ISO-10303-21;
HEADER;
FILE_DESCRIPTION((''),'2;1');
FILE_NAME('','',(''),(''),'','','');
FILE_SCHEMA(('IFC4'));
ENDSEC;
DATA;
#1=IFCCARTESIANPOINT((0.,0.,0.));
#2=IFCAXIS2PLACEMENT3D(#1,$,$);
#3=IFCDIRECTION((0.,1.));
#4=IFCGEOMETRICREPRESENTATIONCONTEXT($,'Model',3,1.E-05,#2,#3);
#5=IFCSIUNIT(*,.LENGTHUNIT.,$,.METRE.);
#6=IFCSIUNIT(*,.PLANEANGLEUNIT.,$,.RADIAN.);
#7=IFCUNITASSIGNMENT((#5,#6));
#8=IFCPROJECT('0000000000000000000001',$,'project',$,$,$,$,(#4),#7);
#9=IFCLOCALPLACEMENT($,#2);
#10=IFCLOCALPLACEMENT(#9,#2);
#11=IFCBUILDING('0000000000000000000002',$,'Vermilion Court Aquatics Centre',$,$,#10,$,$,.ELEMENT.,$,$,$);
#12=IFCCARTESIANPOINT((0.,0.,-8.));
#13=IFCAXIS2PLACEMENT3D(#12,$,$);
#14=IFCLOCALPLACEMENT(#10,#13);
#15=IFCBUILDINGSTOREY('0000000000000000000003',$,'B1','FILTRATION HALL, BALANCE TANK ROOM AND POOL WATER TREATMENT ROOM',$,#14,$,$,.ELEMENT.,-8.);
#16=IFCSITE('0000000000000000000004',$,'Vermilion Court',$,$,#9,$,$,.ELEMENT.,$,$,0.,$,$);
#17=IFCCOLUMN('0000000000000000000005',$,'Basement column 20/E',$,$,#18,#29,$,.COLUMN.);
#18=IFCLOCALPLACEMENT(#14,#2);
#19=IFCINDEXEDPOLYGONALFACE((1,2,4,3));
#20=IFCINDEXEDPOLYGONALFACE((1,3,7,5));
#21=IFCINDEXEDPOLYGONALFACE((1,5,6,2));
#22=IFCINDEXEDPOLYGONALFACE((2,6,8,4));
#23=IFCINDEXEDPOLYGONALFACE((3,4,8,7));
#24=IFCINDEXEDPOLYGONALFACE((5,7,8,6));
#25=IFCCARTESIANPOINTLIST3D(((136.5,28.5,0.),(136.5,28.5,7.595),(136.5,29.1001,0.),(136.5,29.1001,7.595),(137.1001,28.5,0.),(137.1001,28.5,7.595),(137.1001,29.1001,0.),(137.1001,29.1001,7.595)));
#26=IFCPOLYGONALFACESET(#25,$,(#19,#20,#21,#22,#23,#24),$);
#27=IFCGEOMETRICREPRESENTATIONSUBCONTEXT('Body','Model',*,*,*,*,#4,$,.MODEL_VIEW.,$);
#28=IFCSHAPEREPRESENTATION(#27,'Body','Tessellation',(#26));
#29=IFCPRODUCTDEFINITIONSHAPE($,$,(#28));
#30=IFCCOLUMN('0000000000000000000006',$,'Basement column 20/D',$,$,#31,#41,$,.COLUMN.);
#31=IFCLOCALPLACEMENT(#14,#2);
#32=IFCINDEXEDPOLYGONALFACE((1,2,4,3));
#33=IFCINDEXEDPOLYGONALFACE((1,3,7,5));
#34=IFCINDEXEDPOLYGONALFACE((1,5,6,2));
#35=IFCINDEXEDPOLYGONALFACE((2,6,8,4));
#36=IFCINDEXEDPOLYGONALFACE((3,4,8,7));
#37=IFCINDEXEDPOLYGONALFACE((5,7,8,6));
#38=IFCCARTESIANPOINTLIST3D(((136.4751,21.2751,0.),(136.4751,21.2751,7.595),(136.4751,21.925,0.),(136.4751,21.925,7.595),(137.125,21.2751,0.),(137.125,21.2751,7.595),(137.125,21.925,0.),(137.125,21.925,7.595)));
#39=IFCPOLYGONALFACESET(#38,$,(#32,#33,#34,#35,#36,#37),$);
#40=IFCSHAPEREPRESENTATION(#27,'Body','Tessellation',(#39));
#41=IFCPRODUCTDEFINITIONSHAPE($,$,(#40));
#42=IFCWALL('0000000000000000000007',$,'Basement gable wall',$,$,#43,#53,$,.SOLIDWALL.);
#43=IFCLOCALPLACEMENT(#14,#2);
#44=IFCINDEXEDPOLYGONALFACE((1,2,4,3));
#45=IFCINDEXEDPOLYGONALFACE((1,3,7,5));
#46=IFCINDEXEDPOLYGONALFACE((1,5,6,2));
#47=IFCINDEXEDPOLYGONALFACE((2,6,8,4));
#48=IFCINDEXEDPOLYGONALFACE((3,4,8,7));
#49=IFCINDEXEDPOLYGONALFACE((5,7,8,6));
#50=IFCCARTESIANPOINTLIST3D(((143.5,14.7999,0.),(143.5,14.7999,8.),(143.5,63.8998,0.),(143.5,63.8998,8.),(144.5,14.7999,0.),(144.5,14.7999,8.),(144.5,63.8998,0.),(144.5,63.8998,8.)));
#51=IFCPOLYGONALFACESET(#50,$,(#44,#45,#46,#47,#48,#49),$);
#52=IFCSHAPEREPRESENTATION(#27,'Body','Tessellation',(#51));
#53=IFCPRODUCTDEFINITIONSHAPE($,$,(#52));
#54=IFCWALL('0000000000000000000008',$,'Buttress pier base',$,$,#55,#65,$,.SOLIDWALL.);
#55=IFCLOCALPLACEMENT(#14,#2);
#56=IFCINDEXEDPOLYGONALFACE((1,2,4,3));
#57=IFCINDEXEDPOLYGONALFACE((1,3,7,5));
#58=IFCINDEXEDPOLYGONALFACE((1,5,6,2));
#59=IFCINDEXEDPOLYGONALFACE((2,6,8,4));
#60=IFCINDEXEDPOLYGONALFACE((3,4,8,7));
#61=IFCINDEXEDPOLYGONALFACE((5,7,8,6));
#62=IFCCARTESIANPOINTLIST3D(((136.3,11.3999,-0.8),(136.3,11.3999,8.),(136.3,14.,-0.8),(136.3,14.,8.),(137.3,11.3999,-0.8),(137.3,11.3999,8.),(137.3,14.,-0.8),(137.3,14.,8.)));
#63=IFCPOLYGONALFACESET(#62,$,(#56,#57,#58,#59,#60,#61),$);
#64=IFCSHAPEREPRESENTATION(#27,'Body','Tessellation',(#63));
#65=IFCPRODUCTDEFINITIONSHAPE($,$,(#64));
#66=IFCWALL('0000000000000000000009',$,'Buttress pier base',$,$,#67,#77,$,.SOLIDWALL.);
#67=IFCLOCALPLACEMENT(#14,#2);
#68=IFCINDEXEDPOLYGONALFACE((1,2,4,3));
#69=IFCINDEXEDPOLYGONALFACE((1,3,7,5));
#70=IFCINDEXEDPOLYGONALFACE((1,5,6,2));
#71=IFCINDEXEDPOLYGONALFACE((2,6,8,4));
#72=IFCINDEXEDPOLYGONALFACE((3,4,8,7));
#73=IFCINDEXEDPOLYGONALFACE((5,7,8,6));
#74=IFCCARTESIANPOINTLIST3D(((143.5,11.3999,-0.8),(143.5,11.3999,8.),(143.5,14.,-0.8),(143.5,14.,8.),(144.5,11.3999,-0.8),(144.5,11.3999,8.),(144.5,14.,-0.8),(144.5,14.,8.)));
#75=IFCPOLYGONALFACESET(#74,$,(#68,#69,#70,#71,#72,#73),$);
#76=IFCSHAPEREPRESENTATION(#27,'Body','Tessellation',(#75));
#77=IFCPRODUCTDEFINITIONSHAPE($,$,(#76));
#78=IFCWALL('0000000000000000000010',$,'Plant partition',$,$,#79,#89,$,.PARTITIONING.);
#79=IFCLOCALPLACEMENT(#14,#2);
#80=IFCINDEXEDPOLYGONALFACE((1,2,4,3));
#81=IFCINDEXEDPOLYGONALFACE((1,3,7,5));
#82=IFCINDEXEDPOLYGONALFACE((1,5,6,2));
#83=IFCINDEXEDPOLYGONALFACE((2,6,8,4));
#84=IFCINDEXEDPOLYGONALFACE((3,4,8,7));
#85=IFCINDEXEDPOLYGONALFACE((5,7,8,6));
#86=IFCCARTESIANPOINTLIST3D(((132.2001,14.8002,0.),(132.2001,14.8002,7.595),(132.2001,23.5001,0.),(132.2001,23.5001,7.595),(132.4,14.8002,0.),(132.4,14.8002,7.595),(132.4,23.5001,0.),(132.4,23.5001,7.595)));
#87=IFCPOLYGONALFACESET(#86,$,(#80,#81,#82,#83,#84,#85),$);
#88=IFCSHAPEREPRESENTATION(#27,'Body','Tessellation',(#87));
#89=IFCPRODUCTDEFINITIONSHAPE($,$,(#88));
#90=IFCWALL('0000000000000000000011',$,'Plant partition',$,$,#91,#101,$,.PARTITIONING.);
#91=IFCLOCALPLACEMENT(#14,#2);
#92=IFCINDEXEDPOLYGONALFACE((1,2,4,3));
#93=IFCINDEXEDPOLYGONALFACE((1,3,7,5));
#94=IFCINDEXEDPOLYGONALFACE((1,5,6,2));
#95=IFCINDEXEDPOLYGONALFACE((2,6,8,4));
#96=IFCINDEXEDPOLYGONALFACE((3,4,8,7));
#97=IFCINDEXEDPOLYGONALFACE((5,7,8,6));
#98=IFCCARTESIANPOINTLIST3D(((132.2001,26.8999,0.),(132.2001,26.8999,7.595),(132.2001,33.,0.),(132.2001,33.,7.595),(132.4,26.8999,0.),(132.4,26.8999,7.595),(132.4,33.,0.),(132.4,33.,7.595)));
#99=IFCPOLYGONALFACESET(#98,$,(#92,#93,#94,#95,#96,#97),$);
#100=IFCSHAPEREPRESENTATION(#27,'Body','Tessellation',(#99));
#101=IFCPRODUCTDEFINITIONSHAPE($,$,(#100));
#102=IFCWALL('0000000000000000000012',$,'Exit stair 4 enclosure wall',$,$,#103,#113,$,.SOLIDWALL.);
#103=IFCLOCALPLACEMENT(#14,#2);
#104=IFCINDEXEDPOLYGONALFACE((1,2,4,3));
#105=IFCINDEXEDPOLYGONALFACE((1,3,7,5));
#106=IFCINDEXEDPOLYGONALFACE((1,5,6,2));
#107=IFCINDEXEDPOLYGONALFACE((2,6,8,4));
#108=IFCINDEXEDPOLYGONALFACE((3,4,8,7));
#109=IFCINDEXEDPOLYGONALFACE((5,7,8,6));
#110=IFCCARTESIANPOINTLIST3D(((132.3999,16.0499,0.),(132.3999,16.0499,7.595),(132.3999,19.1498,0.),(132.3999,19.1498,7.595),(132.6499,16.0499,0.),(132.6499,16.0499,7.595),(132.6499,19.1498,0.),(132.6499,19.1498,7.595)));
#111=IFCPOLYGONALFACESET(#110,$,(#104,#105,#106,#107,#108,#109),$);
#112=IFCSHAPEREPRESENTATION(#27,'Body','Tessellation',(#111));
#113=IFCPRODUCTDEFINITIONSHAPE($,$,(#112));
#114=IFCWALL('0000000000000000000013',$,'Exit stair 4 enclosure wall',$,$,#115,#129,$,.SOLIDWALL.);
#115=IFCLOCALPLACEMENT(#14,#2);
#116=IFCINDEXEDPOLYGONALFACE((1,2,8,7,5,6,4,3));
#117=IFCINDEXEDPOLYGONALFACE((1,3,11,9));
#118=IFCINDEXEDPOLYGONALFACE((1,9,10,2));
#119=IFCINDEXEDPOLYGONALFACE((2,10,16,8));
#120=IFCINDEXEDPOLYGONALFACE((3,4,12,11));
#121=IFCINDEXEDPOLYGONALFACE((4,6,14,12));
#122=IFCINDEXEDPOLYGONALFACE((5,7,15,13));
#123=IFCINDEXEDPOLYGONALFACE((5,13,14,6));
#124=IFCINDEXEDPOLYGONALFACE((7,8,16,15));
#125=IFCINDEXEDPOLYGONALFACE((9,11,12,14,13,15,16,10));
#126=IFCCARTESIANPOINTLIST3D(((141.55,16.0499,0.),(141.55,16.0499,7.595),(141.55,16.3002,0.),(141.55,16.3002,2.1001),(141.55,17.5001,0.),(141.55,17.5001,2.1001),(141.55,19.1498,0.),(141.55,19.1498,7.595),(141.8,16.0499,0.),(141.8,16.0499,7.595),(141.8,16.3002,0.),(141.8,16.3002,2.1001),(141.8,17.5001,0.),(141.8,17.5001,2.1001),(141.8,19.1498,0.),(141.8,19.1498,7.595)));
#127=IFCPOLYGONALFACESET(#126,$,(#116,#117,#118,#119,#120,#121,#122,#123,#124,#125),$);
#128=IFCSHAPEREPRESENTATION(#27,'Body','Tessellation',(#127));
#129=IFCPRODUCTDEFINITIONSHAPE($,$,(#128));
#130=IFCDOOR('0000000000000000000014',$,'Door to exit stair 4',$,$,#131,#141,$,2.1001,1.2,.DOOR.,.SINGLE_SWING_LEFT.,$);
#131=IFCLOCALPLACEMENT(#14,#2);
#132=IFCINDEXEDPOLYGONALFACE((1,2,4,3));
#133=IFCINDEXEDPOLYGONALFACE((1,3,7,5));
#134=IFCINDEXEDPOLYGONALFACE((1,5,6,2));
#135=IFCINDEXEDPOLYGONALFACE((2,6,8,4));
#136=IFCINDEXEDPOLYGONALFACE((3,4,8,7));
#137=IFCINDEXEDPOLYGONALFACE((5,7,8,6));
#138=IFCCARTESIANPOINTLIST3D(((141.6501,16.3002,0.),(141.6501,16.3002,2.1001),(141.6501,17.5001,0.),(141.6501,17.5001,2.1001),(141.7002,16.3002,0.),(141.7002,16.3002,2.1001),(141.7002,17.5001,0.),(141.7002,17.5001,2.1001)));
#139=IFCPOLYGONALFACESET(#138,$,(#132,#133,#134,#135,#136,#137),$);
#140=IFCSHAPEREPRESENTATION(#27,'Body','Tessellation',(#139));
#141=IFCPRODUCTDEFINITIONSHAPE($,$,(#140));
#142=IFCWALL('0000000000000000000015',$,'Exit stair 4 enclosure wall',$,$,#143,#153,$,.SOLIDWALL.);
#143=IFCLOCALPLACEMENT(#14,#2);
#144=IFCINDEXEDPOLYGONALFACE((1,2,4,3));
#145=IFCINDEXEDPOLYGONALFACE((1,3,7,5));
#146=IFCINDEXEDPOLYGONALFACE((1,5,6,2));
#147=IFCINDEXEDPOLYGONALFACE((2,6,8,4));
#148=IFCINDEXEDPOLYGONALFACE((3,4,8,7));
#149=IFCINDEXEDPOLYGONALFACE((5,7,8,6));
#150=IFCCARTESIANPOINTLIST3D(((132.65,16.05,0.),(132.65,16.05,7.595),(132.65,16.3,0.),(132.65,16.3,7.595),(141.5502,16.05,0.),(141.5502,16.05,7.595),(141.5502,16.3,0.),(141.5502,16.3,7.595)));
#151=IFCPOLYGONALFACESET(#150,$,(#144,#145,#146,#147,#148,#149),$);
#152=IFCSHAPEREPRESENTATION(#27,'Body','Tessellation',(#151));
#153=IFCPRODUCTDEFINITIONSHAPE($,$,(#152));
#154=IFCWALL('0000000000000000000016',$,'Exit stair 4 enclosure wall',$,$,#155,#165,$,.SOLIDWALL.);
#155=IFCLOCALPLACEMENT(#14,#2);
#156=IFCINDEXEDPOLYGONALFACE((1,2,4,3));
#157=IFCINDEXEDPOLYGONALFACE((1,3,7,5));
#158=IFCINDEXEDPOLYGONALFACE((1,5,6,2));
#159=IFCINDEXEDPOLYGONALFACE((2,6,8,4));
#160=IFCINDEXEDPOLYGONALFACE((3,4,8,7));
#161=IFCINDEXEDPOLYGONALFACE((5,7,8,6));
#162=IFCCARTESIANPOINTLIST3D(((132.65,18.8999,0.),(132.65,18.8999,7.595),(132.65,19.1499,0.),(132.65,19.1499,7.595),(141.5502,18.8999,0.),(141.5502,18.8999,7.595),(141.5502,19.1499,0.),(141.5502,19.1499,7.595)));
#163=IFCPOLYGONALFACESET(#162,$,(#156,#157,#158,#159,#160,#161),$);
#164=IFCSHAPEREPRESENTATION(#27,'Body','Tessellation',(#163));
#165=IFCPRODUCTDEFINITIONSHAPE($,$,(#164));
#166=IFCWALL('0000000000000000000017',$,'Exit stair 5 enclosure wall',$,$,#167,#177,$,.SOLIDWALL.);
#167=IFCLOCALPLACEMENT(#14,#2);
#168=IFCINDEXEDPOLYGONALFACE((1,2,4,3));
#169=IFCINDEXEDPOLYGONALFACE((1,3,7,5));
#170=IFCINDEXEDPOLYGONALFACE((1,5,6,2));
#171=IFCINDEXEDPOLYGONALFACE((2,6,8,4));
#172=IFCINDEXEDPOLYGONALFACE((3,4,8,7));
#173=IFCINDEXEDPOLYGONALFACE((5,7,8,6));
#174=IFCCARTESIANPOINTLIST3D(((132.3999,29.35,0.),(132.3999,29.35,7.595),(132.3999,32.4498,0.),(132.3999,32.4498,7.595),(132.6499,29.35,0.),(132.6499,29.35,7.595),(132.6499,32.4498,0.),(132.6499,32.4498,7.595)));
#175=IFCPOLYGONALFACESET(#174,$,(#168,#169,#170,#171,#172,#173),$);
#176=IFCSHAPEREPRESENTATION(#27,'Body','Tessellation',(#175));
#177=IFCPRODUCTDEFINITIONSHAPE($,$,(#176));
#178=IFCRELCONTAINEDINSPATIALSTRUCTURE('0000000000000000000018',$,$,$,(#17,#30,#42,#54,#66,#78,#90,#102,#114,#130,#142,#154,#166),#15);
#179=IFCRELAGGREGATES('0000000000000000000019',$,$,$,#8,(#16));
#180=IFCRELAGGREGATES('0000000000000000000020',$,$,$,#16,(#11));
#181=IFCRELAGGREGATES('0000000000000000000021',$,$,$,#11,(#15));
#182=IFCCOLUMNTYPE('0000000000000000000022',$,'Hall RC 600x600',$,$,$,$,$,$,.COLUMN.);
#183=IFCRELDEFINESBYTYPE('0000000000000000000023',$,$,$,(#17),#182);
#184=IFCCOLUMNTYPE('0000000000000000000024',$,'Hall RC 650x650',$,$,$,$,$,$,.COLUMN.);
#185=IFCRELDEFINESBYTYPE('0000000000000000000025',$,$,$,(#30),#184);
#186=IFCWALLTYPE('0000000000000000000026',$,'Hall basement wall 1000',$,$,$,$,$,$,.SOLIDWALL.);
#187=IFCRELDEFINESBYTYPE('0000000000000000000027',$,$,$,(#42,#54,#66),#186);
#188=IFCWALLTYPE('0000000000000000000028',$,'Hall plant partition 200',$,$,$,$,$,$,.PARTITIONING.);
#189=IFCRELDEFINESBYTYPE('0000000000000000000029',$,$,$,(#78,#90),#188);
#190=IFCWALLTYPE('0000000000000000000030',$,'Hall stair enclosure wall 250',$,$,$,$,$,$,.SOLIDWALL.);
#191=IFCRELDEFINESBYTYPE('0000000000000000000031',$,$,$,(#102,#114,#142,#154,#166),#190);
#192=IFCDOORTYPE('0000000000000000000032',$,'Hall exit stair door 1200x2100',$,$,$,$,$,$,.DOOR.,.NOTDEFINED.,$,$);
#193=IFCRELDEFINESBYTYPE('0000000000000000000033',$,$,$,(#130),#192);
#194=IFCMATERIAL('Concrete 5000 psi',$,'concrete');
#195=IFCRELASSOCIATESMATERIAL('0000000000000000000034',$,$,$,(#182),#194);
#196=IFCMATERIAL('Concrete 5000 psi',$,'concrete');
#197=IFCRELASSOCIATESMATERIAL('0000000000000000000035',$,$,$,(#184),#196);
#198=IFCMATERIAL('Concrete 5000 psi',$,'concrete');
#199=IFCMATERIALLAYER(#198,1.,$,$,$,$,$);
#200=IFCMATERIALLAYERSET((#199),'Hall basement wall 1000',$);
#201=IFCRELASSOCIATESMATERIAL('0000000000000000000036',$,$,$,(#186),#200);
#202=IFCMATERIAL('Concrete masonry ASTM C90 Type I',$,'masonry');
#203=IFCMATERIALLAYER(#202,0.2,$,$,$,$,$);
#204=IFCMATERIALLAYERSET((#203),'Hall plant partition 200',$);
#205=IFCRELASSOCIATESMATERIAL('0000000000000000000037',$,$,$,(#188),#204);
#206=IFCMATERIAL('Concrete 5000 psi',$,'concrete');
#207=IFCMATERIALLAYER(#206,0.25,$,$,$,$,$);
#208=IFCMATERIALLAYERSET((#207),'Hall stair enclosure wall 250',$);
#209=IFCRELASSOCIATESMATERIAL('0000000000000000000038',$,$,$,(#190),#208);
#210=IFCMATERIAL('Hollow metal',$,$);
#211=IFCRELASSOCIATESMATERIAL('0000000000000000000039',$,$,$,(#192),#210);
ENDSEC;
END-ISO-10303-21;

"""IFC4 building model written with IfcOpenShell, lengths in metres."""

from ifc_helpers import new_model, si_unit, direction, frame, frame_2d, origin, origin_2d, place, context, subcontext, project, spatial, rectangle, extrude, material, layer, layer_set, material_profile, profile_set, type_object, element, fill, save


model = new_model("IFC4")

# Units and contexts
model_context = context("Model", 3, precision=1e-05, world=origin(), true_north=direction((0.0, 1.0)))
body_context = subcontext(model_context, "Body", "Model", "MODEL_VIEW")
ifc_project = project(units=[si_unit("LENGTHUNIT", "METRE"), si_unit("PLANEANGLEUNIT", "RADIAN")], contexts=[model_context])

# Site, building, storey
site_placement = place(None, origin())
site = spatial("IfcSite", under=ifc_project, at=site_placement, Name="Vermilion Court", CompositionType="ELEMENT", RefElevation=0.0)
building_placement = place(site_placement, origin())
building = spatial("IfcBuilding", under=site, at=building_placement, Name="Vermilion Court Aquatics Centre", CompositionType="ELEMENT")
storey_placement = place(building_placement, frame((0.0, 0.0, -8.0)))
storey = spatial("IfcBuildingStorey", under=building, at=storey_placement, Name="B1", Description="FILTRATION HALL, BALANCE TANK ROOM AND POOL WATER TREATMENT ROOM", CompositionType="ELEMENT", Elevation=-8.0)

# Columns
ifc_material_1 = material(Name="Concrete 5000 psi", Category="concrete")
ifc_material_profile_1 = material_profile(ifc_material_1, rectangle(XDim=0.6001, YDim=0.6001, at=origin_2d()), Name="RC 600x600")
ifc_profile_set_1 = profile_set([ifc_material_profile_1], Name="Concrete 5000 psi")
column_type_1 = type_object("IfcColumnType", Name="Hall RC 600x600", PredefinedType="COLUMN", material=ifc_profile_set_1)
column_1_placement = place(storey_placement, frame((136.8, 28.8, 0.0), z_axis=(0.0, 0.0, 1.0), x_axis=(1.0, 0.0, 0.0)))
element("IfcColumn", 1, at=column_1_placement, inside=storey, type_object=column_type_1, Name="Basement column 20/E", PredefinedType="COLUMN", context=body_context, shape_type="SweptSolid", body=[
    extrude(rectangle(XDim=0.6001, YDim=0.6001, at=origin_2d()), origin(), (0.0, 0.0, 1.0), 7.595),
])
ifc_material_2 = material(Name="Concrete 5000 psi", Category="concrete")
ifc_material_profile_2 = material_profile(ifc_material_2, rectangle(XDim=0.6499, YDim=0.6499, at=origin_2d()), Name="RC 650x650")
ifc_profile_set_2 = profile_set([ifc_material_profile_2], Name="Concrete 5000 psi")
column_type_2 = type_object("IfcColumnType", Name="Hall RC 650x650", PredefinedType="COLUMN", material=ifc_profile_set_2)
column_2_placement = place(storey_placement, frame((136.8, 21.6001, 0.0), z_axis=(0.0, 0.0, 1.0), x_axis=(1.0, 0.0, 0.0)))
element("IfcColumn", 2, at=column_2_placement, inside=storey, type_object=column_type_2, Name="Basement column 20/D", PredefinedType="COLUMN", context=body_context, shape_type="SweptSolid", body=[
    extrude(rectangle(XDim=0.6499, YDim=0.6499, at=origin_2d()), origin(), (0.0, 0.0, 1.0), 7.595),
])

# Walls
ifc_material_3 = material(Name="Concrete 5000 psi", Category="concrete")
ifc_layer_1 = layer(ifc_material_3, 1.0)
ifc_layer_set_1 = layer_set([ifc_layer_1], Name="Hall basement wall 1000")
wall_type_1 = type_object("IfcWallType", Name="Hall basement wall 1000", PredefinedType="SOLIDWALL", material=ifc_layer_set_1)
wall_1_placement = place(storey_placement, frame((144.0, 14.8, 0.0), z_axis=(0.0, 0.0, 1.0), x_axis=(0.0, 1.0, 0.0)))
element("IfcWall", 3, at=wall_1_placement, inside=storey, type_object=wall_type_1, Name="Basement gable wall", PredefinedType="SOLIDWALL", context=body_context, shape_type="SweptSolid", body=[
    extrude(rectangle(XDim=49.0999, YDim=1.0, at=frame_2d((24.5498, 0.0))), origin(), (0.0, 0.0, 1.0), 8.0),
])
for number, where, z_axis, x_axis, name in (
    (4, (136.8, 11.3999, -0.8), (0.0, 0.0, 1.0), (0.0, 1.0, 0.0), "Buttress pier base"),
    (5, (144.0, 11.3999, -0.8), (0.0, 0.0, 1.0), (0.0, 1.0, 0.0), "Buttress pier base"),
):
    element("IfcWall", number, at=place(storey_placement, frame(where, z_axis=z_axis, x_axis=x_axis)), inside=storey, type_object=wall_type_1, Name=name, PredefinedType="SOLIDWALL", context=body_context, shape_type="SweptSolid", body=[
        extrude(rectangle(XDim=2.6001, YDim=1.0, at=frame_2d((1.3, 0.0))), origin(), (0.0, 0.0, 1.0), 8.8),
    ])
ifc_material_4 = material(Name="Concrete masonry ASTM C90 Type I", Category="masonry")
ifc_layer_2 = layer(ifc_material_4, 0.2)
ifc_layer_set_2 = layer_set([ifc_layer_2], Name="Hall plant partition 200")
wall_type_2 = type_object("IfcWallType", Name="Hall plant partition 200", PredefinedType="PARTITIONING", material=ifc_layer_set_2)
wall_2_placement = place(storey_placement, frame((132.3, 14.8, 0.0), z_axis=(0.0, 0.0, 1.0), x_axis=(0.0, 1.0, 0.0)))
element("IfcWall", 6, at=wall_2_placement, inside=storey, type_object=wall_type_2, Name="Plant partition", PredefinedType="PARTITIONING", context=body_context, shape_type="SweptSolid", body=[
    extrude(rectangle(XDim=8.7, YDim=0.2, at=frame_2d((4.3501, 0.0))), origin(), (0.0, 0.0, 1.0), 7.595),
])
wall_3_placement = place(storey_placement, frame((132.3, 26.8999, 0.0), z_axis=(0.0, 0.0, 1.0), x_axis=(0.0, 1.0, 0.0)))
element("IfcWall", 7, at=wall_3_placement, inside=storey, type_object=wall_type_2, Name="Plant partition", PredefinedType="PARTITIONING", context=body_context, shape_type="SweptSolid", body=[
    extrude(rectangle(XDim=6.1001, YDim=0.2, at=frame_2d((3.05, 0.0))), origin(), (0.0, 0.0, 1.0), 7.595),
])
ifc_material_5 = material(Name="Concrete 5000 psi", Category="concrete")
ifc_layer_3 = layer(ifc_material_5, 0.25)
ifc_layer_set_3 = layer_set([ifc_layer_3], Name="Hall stair enclosure wall 250")
wall_type_3 = type_object("IfcWallType", Name="Hall stair enclosure wall 250", PredefinedType="SOLIDWALL", material=ifc_layer_set_3)
wall_4_placement = place(storey_placement, frame((132.5249, 16.05, 0.0), z_axis=(0.0, 0.0, 1.0), x_axis=(0.0, 1.0, 0.0)))
element("IfcWall", 8, at=wall_4_placement, inside=storey, type_object=wall_type_3, Name="Exit stair 4 enclosure wall", PredefinedType="SOLIDWALL", context=body_context, shape_type="SweptSolid", body=[
    extrude(rectangle(XDim=3.0999, YDim=0.25, at=frame_2d((1.5498, 0.0))), origin(), (0.0, 0.0, 1.0), 7.595),
])

# Wall, opening, door
wall_5_placement = place(storey_placement, frame((141.675, 16.05, 0.0), z_axis=(0.0, 0.0, 1.0), x_axis=(0.0, 1.0, 0.0)))
wall_5 = element("IfcWall", 9, at=wall_5_placement, inside=storey, type_object=wall_type_3, Name="Exit stair 4 enclosure wall", PredefinedType="SOLIDWALL", context=body_context, shape_type="SweptSolid", body=[
    extrude(rectangle(XDim=3.0999, YDim=0.25, at=frame_2d((1.5498, 0.0))), origin(), (0.0, 0.0, 1.0), 7.595),
])
opening_1_placement = place(wall_5_placement, frame((0.25, 0.0, 0.0)))
opening_1 = element("IfcOpeningElement", 10, at=opening_1_placement, cuts=wall_5, PredefinedType="OPENING", context=body_context, shape_type="SweptSolid", body=[
    extrude(rectangle(XDim=1.2, YDim=2.1001, at=frame_2d((0.6001, 1.05))), frame((0.0, 0.135, 0.0), z_axis=(0.0, -1.0, 0.0), x_axis=(1.0, 0.0, 0.0)), (0.0, 0.0, 1.0), 0.27),
])
ifc_material_6 = material(Name="Hollow metal")
door_type = type_object("IfcDoorType", Name="Hall exit stair door 1200x2100", OperationType="NOTDEFINED", PredefinedType="DOOR", material=ifc_material_6)
door_1_placement = place(opening_1_placement, origin())
door_1 = element("IfcDoor", 11, at=door_1_placement, inside=storey, type_object=door_type, Name="Door to exit stair 4", OperationType="SINGLE_SWING_LEFT", OverallHeight=2.1001, OverallWidth=1.2, PredefinedType="DOOR", context=body_context, shape_type="SweptSolid", body=[
    extrude(rectangle(XDim=1.2, YDim=2.1001, at=frame_2d((0.6001, 1.05))), frame((0.0, 0.0249, 0.0), z_axis=(0.0, -1.0, 0.0), x_axis=(1.0, 0.0, 0.0)), (0.0, 0.0, 1.0), 0.05),
])
fill(opening_1, door_1)

# Walls
for number, where, z_axis, x_axis, name in (
    (12, (132.6499, 16.175, 0.0), (0.0, 0.0, 1.0), (1.0, 0.0, 0.0), "Exit stair 4 enclosure wall"),
    (13, (132.6499, 19.0249, 0.0), (0.0, 0.0, 1.0), (1.0, 0.0, 0.0), "Exit stair 4 enclosure wall"),
):
    element("IfcWall", number, at=place(storey_placement, frame(where, z_axis=z_axis, x_axis=x_axis)), inside=storey, type_object=wall_type_3, Name=name, PredefinedType="SOLIDWALL", context=body_context, shape_type="SweptSolid", body=[
        extrude(rectangle(XDim=8.9001, YDim=0.25, at=frame_2d((4.4502, 0.0))), origin(), (0.0, 0.0, 1.0), 7.595),
    ])
wall_6_placement = place(storey_placement, frame((132.5249, 29.3501, 0.0), z_axis=(0.0, 0.0, 1.0), x_axis=(0.0, 1.0, 0.0)))
element("IfcWall", 14, at=wall_6_placement, inside=storey, type_object=wall_type_3, Name="Exit stair 5 enclosure wall", PredefinedType="SOLIDWALL", context=body_context, shape_type="SweptSolid", body=[
    extrude(rectangle(XDim=3.0999, YDim=0.25, at=frame_2d((1.5498, 0.0))), origin(), (0.0, 0.0, 1.0), 7.595),
])

save(model, "model.ifc")
